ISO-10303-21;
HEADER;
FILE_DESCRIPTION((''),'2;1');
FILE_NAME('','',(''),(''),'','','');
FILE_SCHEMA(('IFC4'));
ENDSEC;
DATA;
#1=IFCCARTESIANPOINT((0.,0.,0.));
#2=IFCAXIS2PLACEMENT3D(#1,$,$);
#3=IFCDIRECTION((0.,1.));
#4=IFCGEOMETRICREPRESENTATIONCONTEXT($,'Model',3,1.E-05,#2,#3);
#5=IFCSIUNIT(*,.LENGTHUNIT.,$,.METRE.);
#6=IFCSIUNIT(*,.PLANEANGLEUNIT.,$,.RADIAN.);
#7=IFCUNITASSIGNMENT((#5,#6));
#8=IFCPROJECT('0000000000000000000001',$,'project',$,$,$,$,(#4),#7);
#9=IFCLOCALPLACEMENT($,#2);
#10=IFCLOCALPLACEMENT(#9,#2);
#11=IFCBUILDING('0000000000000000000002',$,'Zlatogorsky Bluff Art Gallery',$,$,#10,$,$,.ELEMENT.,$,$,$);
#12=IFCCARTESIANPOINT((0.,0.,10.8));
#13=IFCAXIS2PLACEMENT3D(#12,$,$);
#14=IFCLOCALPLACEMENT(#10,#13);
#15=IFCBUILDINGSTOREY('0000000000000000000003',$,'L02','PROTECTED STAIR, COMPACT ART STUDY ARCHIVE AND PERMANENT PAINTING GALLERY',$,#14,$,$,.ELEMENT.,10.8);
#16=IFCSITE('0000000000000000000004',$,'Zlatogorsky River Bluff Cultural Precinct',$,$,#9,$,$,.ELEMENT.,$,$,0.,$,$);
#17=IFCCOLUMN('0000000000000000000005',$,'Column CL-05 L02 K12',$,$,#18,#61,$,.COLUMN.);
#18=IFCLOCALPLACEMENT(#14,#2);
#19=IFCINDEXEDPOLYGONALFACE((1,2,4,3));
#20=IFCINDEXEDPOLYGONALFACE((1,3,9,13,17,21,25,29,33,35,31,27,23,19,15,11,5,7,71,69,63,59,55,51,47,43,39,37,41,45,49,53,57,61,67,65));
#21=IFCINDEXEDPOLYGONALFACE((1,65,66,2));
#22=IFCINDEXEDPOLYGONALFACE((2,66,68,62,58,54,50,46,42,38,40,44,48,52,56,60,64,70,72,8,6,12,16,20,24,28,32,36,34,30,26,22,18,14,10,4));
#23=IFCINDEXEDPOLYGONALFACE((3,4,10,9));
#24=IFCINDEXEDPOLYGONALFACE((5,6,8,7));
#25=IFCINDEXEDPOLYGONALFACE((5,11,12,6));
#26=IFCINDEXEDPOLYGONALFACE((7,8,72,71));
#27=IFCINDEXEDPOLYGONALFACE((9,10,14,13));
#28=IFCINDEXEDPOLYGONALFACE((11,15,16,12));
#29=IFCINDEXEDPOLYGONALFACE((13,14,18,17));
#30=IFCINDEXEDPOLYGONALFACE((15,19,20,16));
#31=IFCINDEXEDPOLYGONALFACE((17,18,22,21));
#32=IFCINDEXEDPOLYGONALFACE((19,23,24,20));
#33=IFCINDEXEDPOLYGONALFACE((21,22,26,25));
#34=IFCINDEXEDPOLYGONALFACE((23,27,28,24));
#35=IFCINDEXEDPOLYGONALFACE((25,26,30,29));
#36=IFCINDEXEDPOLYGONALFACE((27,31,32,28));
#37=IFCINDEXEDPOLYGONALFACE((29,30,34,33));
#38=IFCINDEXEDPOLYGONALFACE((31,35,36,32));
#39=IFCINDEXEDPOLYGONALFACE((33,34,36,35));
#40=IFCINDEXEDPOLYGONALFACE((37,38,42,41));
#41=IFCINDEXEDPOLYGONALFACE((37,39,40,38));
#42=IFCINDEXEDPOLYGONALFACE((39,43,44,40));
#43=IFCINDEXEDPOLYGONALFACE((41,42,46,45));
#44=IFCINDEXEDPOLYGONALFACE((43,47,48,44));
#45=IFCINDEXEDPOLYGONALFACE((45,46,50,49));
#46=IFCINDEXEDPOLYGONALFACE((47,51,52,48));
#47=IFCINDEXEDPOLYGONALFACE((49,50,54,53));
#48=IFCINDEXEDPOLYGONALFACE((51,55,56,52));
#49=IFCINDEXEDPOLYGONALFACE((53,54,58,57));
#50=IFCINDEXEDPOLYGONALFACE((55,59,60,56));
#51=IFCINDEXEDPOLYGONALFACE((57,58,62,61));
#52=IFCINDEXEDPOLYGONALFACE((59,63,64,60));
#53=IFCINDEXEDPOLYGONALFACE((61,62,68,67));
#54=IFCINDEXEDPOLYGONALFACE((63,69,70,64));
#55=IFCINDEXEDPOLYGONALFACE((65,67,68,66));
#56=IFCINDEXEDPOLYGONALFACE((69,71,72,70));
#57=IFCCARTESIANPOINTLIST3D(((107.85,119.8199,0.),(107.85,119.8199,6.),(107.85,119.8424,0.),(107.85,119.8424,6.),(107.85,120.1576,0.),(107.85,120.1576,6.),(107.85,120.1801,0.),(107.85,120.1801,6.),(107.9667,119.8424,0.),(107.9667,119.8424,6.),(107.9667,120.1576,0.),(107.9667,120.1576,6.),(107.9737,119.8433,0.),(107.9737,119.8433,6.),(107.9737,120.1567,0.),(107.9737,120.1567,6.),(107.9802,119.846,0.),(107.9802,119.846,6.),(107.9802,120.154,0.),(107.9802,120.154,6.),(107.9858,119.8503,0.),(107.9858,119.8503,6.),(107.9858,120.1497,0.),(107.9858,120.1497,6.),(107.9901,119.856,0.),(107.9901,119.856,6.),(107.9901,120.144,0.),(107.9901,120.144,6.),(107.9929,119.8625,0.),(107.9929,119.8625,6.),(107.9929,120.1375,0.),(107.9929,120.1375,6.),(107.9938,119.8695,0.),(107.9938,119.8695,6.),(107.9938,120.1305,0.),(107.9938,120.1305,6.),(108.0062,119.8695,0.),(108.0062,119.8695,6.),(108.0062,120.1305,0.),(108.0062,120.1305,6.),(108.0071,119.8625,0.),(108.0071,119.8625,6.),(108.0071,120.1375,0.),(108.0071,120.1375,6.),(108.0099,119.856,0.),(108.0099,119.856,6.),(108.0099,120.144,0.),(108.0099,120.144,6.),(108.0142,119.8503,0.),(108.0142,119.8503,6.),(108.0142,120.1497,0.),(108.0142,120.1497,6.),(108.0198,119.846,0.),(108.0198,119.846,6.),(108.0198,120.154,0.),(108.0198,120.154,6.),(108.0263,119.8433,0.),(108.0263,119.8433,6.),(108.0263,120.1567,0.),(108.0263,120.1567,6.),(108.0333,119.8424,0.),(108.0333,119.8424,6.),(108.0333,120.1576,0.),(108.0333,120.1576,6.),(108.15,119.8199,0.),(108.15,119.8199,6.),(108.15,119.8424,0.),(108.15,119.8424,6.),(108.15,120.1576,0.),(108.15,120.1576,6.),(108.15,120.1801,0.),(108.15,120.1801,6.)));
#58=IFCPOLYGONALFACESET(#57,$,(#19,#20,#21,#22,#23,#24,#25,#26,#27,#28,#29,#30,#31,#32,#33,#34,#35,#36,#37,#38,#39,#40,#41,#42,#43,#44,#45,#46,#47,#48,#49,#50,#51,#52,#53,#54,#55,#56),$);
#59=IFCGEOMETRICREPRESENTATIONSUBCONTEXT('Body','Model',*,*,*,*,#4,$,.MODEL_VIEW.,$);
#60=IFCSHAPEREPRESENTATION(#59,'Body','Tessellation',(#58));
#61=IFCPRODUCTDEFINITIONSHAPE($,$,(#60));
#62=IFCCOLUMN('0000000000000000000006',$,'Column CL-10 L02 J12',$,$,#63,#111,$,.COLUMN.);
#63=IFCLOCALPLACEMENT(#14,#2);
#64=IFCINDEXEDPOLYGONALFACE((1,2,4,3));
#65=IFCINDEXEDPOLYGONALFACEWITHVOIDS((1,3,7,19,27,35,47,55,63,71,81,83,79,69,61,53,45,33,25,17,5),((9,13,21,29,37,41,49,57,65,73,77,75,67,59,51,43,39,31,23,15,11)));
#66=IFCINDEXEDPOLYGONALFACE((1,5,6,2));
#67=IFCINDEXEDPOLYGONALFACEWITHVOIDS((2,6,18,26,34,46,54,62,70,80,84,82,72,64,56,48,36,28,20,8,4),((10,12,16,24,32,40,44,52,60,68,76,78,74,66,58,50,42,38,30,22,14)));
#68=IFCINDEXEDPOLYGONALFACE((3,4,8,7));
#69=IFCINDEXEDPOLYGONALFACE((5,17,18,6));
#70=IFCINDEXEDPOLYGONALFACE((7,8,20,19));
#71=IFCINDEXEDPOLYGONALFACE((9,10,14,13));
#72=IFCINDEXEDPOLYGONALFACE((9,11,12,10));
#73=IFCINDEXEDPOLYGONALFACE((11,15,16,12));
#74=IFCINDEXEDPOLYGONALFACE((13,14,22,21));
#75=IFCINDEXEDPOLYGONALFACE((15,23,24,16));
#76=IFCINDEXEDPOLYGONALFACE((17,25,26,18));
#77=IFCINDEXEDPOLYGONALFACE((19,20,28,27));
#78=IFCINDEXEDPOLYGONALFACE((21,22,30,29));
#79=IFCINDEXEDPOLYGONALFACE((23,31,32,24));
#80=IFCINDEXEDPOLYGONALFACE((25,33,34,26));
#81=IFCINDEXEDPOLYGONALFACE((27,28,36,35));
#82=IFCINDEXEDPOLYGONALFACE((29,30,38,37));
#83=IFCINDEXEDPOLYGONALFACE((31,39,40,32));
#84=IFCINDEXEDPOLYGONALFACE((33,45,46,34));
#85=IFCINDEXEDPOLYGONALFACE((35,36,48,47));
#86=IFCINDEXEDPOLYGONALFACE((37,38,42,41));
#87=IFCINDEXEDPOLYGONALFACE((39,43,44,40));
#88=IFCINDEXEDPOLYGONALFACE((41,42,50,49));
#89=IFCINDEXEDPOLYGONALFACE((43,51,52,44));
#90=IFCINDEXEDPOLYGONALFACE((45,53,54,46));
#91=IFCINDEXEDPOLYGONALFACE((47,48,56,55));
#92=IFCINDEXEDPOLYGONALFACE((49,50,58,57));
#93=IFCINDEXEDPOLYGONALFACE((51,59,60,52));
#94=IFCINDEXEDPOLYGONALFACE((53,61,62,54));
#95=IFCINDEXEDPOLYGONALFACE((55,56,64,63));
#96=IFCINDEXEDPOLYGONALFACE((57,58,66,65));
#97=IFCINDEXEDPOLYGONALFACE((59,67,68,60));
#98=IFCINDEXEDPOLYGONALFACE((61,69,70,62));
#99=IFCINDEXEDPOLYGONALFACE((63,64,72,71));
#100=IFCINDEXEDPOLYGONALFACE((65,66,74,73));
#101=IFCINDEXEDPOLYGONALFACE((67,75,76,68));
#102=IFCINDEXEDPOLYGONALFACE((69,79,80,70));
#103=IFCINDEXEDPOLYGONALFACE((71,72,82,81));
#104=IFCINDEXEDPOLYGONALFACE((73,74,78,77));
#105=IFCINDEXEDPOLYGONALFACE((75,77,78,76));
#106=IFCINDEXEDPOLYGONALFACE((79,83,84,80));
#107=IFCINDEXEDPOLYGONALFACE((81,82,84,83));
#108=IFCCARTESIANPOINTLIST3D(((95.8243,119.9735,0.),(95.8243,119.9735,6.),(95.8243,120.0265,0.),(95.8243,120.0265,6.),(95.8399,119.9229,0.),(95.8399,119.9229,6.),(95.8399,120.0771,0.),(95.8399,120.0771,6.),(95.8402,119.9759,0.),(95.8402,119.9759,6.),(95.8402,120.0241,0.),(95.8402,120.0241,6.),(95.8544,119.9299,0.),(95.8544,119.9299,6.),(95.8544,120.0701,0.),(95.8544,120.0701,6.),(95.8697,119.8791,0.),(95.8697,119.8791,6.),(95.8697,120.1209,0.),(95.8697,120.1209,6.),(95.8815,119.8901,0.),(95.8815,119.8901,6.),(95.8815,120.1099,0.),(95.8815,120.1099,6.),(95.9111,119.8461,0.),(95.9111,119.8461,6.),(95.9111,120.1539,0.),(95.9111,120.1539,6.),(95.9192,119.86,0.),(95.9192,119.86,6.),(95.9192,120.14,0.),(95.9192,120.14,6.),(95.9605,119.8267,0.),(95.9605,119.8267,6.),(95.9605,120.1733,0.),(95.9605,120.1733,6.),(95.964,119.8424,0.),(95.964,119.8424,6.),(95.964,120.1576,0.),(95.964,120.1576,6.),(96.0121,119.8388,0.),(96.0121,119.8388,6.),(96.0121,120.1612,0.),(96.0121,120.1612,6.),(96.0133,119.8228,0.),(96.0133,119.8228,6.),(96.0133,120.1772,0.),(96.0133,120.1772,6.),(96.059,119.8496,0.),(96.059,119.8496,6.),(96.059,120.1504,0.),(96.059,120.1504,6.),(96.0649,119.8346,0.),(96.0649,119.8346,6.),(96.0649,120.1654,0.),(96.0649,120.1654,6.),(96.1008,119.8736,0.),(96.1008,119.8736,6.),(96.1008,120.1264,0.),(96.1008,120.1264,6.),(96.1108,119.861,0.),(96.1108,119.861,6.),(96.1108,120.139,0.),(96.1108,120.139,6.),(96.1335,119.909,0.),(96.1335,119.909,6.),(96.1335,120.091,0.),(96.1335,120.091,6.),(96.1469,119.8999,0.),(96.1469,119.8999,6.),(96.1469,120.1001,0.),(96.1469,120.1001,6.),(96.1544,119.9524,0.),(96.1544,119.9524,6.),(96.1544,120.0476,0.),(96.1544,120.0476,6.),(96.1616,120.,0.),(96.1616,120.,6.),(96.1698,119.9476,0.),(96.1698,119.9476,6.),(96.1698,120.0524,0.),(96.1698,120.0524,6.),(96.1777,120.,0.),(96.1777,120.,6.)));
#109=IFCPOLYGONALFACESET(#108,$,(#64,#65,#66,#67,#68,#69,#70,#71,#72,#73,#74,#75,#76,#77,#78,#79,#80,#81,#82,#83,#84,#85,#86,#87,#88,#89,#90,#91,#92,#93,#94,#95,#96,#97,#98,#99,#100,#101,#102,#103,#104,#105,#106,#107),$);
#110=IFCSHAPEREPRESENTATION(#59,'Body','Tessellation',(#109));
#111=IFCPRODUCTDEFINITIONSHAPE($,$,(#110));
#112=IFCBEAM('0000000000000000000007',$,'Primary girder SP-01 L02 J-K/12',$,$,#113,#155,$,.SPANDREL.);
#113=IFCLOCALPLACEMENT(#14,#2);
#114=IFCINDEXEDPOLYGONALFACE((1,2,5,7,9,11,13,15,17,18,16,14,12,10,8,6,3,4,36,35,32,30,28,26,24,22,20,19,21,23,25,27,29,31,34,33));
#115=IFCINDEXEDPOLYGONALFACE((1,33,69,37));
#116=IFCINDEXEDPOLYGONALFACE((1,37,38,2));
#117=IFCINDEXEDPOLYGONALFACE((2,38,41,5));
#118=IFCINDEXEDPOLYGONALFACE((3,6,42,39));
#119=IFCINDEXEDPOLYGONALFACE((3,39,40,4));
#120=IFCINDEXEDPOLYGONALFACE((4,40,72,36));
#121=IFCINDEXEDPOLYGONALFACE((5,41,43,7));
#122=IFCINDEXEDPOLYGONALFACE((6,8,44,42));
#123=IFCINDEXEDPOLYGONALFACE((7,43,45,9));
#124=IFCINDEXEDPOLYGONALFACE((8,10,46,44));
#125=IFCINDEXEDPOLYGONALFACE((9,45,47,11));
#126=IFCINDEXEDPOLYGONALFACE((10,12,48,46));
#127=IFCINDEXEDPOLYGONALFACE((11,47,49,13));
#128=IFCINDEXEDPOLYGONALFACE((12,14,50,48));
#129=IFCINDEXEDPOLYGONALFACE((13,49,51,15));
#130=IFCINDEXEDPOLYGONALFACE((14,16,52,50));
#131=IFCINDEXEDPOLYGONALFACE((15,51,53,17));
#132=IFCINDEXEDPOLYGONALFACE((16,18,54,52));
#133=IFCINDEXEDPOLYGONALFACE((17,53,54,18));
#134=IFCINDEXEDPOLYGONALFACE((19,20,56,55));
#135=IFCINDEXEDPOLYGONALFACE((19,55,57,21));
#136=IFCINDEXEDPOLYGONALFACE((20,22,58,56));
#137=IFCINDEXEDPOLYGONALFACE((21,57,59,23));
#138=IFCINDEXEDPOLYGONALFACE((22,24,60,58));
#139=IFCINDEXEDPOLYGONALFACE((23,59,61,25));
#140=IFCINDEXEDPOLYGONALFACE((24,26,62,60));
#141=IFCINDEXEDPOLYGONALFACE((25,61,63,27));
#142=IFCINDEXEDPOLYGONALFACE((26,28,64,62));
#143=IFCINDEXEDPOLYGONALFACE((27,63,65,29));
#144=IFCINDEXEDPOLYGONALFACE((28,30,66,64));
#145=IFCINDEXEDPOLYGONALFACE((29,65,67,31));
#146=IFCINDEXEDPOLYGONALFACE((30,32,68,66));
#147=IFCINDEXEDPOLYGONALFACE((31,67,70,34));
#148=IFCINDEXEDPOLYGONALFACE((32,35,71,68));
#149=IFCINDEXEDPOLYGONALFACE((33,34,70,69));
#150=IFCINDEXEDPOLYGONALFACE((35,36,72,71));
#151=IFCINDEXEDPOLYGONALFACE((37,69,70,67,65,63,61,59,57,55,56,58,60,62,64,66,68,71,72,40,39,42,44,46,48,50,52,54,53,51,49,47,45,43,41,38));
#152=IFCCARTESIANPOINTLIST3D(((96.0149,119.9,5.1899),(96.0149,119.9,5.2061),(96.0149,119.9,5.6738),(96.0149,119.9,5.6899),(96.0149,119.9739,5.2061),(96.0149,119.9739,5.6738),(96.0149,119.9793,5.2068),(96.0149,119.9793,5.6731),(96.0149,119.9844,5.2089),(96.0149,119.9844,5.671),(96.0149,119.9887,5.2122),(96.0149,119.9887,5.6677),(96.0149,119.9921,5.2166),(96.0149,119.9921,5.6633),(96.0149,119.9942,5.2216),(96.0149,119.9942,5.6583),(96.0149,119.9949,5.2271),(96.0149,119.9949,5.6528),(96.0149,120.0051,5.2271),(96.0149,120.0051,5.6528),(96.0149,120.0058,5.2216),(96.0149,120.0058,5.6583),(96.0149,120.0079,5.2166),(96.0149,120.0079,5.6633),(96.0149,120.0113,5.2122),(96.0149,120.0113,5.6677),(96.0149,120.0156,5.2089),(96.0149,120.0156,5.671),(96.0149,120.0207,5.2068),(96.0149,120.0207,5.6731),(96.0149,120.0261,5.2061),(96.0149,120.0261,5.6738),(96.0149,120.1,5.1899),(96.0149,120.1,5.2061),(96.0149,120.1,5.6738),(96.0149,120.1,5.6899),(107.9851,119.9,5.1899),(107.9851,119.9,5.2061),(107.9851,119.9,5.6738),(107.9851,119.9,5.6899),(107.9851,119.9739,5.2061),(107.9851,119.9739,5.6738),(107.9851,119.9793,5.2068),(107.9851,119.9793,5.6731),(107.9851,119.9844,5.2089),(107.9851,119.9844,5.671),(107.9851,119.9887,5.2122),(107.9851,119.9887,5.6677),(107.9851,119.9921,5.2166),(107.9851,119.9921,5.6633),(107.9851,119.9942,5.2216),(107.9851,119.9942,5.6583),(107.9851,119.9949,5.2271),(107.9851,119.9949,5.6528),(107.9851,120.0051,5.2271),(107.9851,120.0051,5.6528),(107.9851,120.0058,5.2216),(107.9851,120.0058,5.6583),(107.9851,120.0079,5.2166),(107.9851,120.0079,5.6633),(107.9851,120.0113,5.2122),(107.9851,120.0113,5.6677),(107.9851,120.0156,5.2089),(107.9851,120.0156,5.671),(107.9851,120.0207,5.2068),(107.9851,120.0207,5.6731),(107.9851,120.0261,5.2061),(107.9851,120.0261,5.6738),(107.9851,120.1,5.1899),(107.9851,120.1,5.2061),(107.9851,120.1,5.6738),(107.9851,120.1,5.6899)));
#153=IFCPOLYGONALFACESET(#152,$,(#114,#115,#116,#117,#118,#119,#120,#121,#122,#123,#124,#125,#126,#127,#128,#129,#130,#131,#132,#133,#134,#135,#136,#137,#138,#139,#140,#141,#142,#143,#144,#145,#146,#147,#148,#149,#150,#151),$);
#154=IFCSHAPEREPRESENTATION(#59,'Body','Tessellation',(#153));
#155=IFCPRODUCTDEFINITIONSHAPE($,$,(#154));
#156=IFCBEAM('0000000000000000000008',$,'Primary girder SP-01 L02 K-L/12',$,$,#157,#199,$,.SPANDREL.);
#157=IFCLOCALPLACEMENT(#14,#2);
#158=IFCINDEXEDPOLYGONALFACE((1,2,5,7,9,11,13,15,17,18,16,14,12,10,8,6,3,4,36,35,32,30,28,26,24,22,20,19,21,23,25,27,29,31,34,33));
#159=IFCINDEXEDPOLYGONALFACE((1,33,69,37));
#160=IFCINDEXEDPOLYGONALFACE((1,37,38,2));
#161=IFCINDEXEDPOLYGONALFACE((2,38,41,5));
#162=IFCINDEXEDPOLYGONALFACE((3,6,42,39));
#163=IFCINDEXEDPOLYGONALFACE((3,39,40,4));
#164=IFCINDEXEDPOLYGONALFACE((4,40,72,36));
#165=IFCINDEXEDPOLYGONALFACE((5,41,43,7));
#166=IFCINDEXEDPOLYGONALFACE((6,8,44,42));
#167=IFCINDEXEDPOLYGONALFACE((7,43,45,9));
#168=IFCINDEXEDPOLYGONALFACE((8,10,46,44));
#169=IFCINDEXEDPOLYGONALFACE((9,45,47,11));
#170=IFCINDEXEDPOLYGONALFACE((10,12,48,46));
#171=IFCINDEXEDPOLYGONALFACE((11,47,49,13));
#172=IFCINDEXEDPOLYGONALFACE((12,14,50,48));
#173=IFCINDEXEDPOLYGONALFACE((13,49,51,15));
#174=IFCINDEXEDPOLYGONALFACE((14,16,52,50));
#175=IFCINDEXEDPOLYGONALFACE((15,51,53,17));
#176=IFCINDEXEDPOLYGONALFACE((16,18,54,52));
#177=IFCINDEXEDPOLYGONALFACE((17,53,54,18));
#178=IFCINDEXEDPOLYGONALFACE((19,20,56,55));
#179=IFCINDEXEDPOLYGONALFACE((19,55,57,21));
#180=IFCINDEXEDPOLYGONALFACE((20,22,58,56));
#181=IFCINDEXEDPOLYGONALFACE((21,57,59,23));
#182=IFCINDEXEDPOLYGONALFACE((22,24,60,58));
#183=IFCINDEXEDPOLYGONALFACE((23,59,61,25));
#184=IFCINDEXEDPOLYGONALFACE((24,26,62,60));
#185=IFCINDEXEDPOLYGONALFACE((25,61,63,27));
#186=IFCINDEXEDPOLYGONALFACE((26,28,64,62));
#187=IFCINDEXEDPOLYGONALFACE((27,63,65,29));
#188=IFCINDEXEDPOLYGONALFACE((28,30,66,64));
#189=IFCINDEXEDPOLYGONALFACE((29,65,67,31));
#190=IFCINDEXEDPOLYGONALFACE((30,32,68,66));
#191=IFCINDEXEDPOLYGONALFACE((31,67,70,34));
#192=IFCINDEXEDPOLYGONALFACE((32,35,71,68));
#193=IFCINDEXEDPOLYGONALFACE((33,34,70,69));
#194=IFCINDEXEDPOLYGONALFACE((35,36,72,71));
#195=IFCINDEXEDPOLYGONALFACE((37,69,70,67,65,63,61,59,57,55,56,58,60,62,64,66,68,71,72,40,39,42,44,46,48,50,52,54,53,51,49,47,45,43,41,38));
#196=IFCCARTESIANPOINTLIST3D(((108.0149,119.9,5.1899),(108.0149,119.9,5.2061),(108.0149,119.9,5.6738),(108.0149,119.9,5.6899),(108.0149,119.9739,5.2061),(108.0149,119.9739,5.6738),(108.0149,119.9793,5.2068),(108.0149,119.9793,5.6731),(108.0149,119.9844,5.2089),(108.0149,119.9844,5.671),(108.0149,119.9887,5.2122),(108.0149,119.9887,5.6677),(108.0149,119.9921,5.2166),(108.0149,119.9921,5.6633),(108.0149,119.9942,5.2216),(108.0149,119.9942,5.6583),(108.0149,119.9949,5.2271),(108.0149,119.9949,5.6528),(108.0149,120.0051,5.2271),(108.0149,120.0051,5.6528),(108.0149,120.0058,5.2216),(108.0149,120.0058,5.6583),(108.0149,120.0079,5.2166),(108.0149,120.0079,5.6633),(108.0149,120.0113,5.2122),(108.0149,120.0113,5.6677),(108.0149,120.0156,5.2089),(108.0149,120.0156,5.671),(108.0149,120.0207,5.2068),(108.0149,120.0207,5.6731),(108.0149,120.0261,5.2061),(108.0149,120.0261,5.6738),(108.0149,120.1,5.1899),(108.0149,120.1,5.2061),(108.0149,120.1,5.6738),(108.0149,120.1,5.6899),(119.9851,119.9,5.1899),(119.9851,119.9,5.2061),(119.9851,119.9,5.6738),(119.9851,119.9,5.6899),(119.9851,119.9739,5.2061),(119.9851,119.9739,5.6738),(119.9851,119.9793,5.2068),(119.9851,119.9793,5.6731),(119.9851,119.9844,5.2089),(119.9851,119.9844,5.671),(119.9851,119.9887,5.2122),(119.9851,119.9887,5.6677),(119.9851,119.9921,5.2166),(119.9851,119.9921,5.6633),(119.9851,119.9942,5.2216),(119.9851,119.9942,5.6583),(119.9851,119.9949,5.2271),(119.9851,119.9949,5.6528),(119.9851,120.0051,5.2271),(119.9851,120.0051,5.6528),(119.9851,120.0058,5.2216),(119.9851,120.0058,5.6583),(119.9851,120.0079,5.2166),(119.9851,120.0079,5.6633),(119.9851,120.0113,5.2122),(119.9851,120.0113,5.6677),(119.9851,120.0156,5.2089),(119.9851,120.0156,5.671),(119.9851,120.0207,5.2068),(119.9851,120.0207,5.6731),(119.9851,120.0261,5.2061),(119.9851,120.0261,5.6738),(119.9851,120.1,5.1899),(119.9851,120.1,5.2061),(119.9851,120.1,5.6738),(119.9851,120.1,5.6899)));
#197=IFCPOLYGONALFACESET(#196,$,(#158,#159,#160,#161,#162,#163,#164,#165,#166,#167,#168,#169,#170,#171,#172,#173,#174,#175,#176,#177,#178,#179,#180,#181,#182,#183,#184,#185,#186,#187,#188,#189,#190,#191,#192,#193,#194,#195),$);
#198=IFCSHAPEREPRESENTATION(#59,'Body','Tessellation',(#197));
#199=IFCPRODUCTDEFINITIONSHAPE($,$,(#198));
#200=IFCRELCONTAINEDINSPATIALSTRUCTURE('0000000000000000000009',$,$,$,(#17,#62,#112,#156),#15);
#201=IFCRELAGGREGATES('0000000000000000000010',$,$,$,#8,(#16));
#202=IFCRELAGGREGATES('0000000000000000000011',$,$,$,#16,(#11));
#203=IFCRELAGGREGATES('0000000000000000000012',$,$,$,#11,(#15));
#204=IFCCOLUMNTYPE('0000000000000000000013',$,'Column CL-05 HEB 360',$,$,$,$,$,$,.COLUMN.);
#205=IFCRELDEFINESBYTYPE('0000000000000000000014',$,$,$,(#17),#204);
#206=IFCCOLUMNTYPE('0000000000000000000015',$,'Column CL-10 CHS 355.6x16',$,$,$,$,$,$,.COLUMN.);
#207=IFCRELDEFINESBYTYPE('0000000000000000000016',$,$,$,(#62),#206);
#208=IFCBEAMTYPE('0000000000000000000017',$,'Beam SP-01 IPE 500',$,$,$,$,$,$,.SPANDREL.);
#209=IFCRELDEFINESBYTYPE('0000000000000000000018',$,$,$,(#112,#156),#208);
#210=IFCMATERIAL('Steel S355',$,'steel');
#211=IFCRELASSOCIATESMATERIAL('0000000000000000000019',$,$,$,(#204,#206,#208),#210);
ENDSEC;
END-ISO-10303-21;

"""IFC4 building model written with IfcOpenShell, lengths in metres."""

from ifc_helpers import new_model, si_unit, direction, frame, origin, origin_2d, place, context, subcontext, project, spatial, hollow_circle, i_section, extrude, material, material_profile, profile_set, type_object, element, save


model = new_model("IFC4")

# Units and contexts
model_context = context("Model", 3, precision=1e-05, world=origin(), true_north=direction((0.0, 1.0)))
body_context = subcontext(model_context, "Body", "Model", "MODEL_VIEW")
ifc_project = project(units=[si_unit("LENGTHUNIT", "METRE"), si_unit("PLANEANGLEUNIT", "RADIAN")], contexts=[model_context])

# Site, building, storey
site_placement = place(None, origin())
site = spatial("IfcSite", under=ifc_project, at=site_placement, Name="Zlatogorsky River Bluff Cultural Precinct", CompositionType="ELEMENT", RefElevation=0.0)
building_placement = place(site_placement, origin())
building = spatial("IfcBuilding", under=site, at=building_placement, Name="Zlatogorsky Bluff Art Gallery", CompositionType="ELEMENT")
storey_placement = place(building_placement, frame((0.0, 0.0, 10.8)))
storey = spatial("IfcBuildingStorey", under=building, at=storey_placement, Name="L02", Description="PROTECTED STAIR, COMPACT ART STUDY ARCHIVE AND PERMANENT PAINTING GALLERY", CompositionType="ELEMENT", Elevation=10.8)

# Columns
ifc_material_1 = material(Name="Steel S355", Category="steel")
ifc_material_profile_1 = material_profile(ifc_material_1, i_section(OverallWidth=0.3, OverallDepth=0.3601, WebThickness=0.0125, FlangeThickness=0.0225, FilletRadius=0.0271, at=origin_2d()), Name="HEB 360")
ifc_profile_set_1 = profile_set([ifc_material_profile_1], Name="Steel S355")
column_type_1 = type_object("IfcColumnType", Name="Column CL-05 HEB 360", PredefinedType="COLUMN", material=ifc_profile_set_1)
column_1_placement = place(storey_placement, frame((108.0, 120.0, 0.0), z_axis=(0.0, 0.0, 1.0), x_axis=(1.0, 0.0, 0.0)))
element("IfcColumn", 1, at=column_1_placement, inside=storey, type_object=column_type_1, Name="Column CL-05 L02 K12", PredefinedType="COLUMN", context=body_context, shape_type="SweptSolid", body=[
    extrude(i_section(OverallWidth=0.3, OverallDepth=0.3601, WebThickness=0.0125, FlangeThickness=0.0225, FilletRadius=0.0271, at=origin_2d()), origin(), (0.0, 0.0, 1.0), 6.0),
])
ifc_material_profile_2 = material_profile(ifc_material_1, hollow_circle(Radius=0.1777, WallThickness=0.0161, at=origin_2d()), Name="CHS 355.6x16")
ifc_profile_set_2 = profile_set([ifc_material_profile_2], Name="Steel S355")
column_type_2 = type_object("IfcColumnType", Name="Column CL-10 CHS 355.6x16", PredefinedType="COLUMN", material=ifc_profile_set_2)
column_2_placement = place(storey_placement, frame((96.0, 120.0, 0.0), z_axis=(0.0, 0.0, 1.0), x_axis=(1.0, 0.0, 0.0)))
element("IfcColumn", 2, at=column_2_placement, inside=storey, type_object=column_type_2, Name="Column CL-10 L02 J12", PredefinedType="COLUMN", context=body_context, shape_type="SweptSolid", body=[
    extrude(hollow_circle(Radius=0.1777, WallThickness=0.0161, at=origin_2d()), origin(), (0.0, 0.0, 1.0), 6.0),
])

# Beams
ifc_material_profile_3 = material_profile(ifc_material_1, i_section(OverallWidth=0.2, OverallDepth=0.5, WebThickness=0.0103, FlangeThickness=0.0161, FilletRadius=0.021, at=origin_2d()), Name="IPE 500")
ifc_profile_set_3 = profile_set([ifc_material_profile_3], Name="Steel S355")
beam_type = type_object("IfcBeamType", Name="Beam SP-01 IPE 500", PredefinedType="SPANDREL", material=ifc_profile_set_3)
for number, where, z_axis, x_axis, name in (
    (3, (96.0149, 120.0, 5.4399), (1.0, 0.0, 0.0), (0.0, 1.0, 0.0), "Primary girder SP-01 L02 J-K/12"),
    (4, (108.0149, 120.0, 5.4399), (1.0, 0.0, 0.0), (0.0, 1.0, 0.0), "Primary girder SP-01 L02 K-L/12"),
):
    element("IfcBeam", number, at=place(storey_placement, frame(where, z_axis=z_axis, x_axis=x_axis)), inside=storey, type_object=beam_type, Name=name, PredefinedType="SPANDREL", context=body_context, shape_type="SweptSolid", body=[
        extrude(i_section(OverallWidth=0.2, OverallDepth=0.5, WebThickness=0.0103, FlangeThickness=0.0161, FilletRadius=0.021, at=origin_2d()), origin(), (0.0, 0.0, 1.0), 11.9702),
    ])

save(model, "model.ifc")
